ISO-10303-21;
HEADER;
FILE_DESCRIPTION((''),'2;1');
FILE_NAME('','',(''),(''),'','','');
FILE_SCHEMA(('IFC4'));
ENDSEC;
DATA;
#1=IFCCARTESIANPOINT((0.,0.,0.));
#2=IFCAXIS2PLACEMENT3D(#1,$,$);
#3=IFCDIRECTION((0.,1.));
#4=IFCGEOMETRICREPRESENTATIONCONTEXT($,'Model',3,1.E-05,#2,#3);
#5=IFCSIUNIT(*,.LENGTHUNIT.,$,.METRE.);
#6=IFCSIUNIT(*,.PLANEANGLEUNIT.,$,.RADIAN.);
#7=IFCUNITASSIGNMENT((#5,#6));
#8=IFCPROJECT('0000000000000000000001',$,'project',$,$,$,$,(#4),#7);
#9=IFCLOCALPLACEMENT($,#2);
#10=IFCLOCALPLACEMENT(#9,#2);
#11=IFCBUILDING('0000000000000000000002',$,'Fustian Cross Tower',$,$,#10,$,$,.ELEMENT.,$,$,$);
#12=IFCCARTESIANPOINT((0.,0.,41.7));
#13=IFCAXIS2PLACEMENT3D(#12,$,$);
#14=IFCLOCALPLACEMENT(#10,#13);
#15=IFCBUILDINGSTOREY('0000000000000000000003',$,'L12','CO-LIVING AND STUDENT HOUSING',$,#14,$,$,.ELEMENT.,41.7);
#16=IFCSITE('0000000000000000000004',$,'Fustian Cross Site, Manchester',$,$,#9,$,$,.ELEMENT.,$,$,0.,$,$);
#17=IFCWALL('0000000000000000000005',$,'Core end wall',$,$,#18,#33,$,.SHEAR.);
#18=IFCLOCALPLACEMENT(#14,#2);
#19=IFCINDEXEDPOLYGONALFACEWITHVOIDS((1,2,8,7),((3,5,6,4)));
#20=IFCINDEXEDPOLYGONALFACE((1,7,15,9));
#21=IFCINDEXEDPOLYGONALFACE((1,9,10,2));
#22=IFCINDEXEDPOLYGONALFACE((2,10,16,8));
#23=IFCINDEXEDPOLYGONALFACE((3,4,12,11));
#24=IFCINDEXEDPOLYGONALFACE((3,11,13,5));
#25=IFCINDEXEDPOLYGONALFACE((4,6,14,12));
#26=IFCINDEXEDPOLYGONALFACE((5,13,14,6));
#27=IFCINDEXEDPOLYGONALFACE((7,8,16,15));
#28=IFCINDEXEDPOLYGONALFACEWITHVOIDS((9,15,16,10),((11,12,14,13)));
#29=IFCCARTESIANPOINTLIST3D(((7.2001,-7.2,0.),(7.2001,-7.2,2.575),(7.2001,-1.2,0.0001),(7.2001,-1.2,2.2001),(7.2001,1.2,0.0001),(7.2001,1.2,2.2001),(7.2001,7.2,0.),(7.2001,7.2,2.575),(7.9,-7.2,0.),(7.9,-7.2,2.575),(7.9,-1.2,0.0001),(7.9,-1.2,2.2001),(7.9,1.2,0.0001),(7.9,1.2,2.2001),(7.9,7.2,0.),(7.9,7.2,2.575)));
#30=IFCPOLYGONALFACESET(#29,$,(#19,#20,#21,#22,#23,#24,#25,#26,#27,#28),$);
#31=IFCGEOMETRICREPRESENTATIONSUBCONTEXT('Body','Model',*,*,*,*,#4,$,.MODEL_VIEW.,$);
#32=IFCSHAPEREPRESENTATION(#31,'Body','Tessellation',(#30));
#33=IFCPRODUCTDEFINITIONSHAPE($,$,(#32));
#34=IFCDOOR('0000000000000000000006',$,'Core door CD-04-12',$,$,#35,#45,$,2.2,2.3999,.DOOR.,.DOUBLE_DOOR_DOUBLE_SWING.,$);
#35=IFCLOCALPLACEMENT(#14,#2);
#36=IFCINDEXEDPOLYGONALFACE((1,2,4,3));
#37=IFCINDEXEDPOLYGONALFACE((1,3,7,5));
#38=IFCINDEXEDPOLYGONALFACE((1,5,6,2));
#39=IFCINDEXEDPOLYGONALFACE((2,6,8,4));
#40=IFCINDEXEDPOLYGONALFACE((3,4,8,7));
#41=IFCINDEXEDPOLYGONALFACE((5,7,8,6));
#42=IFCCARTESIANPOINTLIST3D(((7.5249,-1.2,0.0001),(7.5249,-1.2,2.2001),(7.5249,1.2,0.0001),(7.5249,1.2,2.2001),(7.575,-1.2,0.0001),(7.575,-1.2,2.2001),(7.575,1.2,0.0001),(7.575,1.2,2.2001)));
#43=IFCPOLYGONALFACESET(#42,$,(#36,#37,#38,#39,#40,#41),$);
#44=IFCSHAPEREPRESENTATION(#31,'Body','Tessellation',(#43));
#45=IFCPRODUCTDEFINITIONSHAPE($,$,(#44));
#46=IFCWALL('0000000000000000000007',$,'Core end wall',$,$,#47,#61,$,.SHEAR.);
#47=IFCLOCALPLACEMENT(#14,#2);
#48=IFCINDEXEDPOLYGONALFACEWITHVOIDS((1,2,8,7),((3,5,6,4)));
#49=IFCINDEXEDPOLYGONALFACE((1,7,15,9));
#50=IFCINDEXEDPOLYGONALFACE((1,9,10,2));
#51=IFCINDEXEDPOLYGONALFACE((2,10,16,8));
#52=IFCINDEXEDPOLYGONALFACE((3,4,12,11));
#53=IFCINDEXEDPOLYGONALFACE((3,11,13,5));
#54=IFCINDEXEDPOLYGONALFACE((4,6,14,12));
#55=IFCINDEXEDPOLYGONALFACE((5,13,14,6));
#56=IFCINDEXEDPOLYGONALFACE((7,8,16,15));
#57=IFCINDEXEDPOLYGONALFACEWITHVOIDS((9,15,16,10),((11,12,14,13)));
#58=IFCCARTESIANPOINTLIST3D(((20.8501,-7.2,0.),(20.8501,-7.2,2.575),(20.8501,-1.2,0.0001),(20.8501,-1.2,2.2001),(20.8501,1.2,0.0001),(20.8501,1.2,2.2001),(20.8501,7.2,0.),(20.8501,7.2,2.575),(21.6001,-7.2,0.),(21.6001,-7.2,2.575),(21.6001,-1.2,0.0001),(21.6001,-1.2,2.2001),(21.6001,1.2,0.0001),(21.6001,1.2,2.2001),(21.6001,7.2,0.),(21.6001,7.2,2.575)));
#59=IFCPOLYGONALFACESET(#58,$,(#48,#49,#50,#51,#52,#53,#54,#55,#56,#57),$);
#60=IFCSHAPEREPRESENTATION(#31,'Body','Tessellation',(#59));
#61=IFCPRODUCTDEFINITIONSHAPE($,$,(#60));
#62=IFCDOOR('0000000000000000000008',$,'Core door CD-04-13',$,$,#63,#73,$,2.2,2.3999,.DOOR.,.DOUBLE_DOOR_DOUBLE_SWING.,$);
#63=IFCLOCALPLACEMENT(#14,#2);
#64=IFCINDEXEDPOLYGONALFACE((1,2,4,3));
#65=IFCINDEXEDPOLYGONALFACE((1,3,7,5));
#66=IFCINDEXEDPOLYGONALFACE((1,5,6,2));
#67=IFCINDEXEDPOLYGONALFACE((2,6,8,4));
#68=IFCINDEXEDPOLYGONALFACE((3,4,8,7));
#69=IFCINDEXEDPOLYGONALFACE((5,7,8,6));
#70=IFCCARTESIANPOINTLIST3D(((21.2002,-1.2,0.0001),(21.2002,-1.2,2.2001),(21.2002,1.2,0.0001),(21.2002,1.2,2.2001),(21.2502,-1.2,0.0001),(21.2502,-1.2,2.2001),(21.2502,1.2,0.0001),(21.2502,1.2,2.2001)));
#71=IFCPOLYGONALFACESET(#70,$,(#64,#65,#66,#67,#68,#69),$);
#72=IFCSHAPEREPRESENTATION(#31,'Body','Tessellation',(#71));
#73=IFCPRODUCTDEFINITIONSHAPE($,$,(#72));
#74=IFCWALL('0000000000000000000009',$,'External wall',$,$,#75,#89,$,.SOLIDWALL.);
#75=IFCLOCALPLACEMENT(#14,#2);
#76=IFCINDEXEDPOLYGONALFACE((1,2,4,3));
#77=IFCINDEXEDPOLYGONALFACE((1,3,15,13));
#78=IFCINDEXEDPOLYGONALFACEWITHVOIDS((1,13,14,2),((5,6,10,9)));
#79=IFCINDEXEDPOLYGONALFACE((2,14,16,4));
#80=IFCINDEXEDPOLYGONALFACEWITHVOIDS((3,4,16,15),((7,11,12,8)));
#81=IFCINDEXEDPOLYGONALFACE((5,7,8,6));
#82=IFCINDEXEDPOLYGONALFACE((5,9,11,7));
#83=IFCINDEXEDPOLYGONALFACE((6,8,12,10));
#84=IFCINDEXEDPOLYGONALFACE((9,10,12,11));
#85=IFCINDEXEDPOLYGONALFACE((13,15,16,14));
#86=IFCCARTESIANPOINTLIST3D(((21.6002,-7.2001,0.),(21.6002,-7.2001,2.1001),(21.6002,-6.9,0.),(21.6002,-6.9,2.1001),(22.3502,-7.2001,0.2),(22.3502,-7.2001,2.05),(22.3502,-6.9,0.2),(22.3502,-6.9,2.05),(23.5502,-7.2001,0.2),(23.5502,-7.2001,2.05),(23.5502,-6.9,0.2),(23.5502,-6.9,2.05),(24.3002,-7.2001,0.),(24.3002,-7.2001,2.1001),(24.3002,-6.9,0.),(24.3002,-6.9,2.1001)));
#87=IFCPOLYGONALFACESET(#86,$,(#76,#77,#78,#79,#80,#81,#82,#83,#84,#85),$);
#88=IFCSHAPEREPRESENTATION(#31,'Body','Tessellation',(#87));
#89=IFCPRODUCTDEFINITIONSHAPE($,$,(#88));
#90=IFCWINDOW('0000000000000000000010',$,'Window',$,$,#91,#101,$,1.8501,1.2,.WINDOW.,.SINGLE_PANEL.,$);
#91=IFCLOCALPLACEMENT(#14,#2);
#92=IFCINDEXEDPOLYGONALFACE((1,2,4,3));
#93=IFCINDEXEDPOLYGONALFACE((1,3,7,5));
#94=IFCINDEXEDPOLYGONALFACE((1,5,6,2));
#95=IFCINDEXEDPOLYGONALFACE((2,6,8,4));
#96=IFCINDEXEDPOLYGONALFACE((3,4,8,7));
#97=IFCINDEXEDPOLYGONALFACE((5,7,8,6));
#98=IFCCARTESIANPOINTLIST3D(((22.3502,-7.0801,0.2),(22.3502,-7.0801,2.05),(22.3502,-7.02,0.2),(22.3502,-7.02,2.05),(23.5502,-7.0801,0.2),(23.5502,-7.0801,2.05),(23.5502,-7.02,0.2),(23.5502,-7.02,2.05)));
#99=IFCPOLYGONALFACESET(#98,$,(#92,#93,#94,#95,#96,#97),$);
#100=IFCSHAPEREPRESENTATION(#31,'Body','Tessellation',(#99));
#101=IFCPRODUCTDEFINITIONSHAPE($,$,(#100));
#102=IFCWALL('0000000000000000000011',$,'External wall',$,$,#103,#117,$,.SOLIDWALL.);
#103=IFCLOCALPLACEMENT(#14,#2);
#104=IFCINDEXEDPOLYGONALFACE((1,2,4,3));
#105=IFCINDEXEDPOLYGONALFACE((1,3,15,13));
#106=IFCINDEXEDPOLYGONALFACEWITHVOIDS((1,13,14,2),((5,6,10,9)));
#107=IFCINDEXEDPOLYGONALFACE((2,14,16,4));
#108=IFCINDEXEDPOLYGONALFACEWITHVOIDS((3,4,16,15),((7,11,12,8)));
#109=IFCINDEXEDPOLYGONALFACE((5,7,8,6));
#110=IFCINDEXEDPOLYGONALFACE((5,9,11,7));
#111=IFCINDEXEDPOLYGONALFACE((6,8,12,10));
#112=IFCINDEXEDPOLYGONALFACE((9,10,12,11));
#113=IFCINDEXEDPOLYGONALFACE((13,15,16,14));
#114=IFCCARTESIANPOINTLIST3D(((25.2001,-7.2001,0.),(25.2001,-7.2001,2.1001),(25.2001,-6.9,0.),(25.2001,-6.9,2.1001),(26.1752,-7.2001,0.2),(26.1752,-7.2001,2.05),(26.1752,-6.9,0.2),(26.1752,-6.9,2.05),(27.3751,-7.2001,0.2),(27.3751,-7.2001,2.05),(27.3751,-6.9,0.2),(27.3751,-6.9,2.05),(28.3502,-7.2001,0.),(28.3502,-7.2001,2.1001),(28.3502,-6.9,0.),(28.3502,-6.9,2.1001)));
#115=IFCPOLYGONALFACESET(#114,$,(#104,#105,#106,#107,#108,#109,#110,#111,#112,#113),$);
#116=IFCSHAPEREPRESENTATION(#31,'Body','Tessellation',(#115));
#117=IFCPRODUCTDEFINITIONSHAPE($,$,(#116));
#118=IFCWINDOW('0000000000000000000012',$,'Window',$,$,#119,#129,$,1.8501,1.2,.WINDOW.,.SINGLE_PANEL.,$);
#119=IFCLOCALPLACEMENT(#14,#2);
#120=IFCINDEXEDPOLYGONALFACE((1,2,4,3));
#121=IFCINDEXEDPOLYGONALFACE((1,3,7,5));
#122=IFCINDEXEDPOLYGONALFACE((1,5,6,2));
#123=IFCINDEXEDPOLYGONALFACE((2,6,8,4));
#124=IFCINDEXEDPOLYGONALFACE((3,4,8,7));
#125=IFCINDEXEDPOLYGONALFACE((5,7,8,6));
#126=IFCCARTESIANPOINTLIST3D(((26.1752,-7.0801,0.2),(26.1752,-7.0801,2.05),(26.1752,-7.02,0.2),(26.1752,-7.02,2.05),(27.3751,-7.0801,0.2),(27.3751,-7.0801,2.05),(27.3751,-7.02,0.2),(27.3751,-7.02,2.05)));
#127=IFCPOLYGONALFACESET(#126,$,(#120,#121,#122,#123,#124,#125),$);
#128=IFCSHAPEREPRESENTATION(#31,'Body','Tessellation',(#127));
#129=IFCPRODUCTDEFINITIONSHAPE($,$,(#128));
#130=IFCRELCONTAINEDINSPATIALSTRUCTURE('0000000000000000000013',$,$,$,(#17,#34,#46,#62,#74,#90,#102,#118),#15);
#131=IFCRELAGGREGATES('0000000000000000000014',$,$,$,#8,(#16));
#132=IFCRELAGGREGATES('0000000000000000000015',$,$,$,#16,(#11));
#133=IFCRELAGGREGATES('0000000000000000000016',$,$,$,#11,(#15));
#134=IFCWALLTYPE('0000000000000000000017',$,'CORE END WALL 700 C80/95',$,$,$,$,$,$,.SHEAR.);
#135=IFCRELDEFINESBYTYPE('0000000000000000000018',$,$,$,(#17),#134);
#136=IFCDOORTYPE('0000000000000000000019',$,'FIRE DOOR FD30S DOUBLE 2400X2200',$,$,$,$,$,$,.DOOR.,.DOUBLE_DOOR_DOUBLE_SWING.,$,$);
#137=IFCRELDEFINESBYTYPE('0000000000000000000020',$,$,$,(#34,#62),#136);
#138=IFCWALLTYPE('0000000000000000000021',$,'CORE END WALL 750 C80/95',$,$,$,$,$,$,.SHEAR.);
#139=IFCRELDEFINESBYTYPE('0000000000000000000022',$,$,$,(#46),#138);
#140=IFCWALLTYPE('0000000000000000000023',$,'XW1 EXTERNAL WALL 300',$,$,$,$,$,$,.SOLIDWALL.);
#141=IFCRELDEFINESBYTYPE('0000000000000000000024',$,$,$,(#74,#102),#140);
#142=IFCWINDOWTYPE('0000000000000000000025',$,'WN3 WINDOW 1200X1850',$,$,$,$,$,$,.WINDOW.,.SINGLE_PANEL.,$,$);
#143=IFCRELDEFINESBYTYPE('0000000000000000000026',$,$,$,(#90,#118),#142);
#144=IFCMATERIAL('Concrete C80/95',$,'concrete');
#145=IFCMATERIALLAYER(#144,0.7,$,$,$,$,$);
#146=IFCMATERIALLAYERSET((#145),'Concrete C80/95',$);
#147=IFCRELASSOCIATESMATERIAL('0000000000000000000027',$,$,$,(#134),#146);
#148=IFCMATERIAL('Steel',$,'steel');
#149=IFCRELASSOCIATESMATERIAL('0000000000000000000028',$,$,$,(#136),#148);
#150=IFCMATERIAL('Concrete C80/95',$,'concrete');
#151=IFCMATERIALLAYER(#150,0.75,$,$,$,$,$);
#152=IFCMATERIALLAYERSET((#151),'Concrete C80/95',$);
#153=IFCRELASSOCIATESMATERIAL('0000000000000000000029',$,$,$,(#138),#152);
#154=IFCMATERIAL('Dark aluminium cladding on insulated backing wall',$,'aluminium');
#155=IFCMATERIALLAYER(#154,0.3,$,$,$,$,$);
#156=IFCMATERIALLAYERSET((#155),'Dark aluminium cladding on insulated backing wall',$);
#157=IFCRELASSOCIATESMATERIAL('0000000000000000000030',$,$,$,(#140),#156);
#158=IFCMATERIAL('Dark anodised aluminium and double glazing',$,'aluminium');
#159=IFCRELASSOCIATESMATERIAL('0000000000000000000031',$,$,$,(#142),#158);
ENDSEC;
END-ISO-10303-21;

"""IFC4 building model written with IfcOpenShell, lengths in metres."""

from ifc_helpers import new_model, si_unit, direction, frame, frame_2d, origin, place, context, subcontext, project, spatial, rectangle, extrude, material, layer, layer_set, type_object, element, fill, save


model = new_model("IFC4")

# Units and contexts
model_context = context("Model", 3, precision=1e-05, world=origin(), true_north=direction((0.0, 1.0)))
body_context = subcontext(model_context, "Body", "Model", "MODEL_VIEW")
ifc_project = project(units=[si_unit("LENGTHUNIT", "METRE"), si_unit("PLANEANGLEUNIT", "RADIAN")], contexts=[model_context])

# Site, building, storey
site_placement = place(None, origin())
site = spatial("IfcSite", under=ifc_project, at=site_placement, Name="Fustian Cross Site, Manchester", CompositionType="ELEMENT", RefElevation=0.0)
building_placement = place(site_placement, origin())
building = spatial("IfcBuilding", under=site, at=building_placement, Name="Fustian Cross Tower", CompositionType="ELEMENT")
storey_placement = place(building_placement, frame((0.0, 0.0, 41.7)))
storey = spatial("IfcBuildingStorey", under=building, at=storey_placement, Name="L12", Description="CO-LIVING AND STUDENT HOUSING", CompositionType="ELEMENT", Elevation=41.7)

# Walls, openings, doors
ifc_material_1 = material(Name="Concrete C80/95", Category="concrete")
ifc_layer_1 = layer(ifc_material_1, 0.7)
ifc_layer_set_1 = layer_set([ifc_layer_1], Name="Concrete C80/95")
wall_type_1 = type_object("IfcWallType", Name="CORE END WALL 700 C80/95", PredefinedType="SHEAR", material=ifc_layer_set_1)
wall_1_placement = place(storey_placement, frame((7.55, -7.2, 0.0), z_axis=(0.0, 0.0, 1.0), x_axis=(0.0, 1.0, 0.0)))
wall_1 = element("IfcWall", 1, at=wall_1_placement, inside=storey, type_object=wall_type_1, Name="Core end wall", PredefinedType="SHEAR", context=body_context, shape_type="SweptSolid", body=[
    extrude(rectangle(XDim=14.3999, YDim=0.7, at=frame_2d((7.2, 0.0))), origin(), (0.0, 0.0, 1.0), 2.575),
])
opening_1_placement = place(wall_1_placement, frame((6.0, 0.0, 0.0)))
opening_1 = element("IfcOpeningElement", 2, at=opening_1_placement, cuts=wall_1, PredefinedType="OPENING", context=body_context, shape_type="SweptSolid", body=[
    extrude(rectangle(XDim=2.3999, YDim=2.2, at=frame_2d((1.2, 1.1001))), frame((0.0, 0.3599, 0.0), z_axis=(0.0, -1.0, 0.0), x_axis=(1.0, 0.0, 0.0)), (0.0, 0.0, 1.0), 0.72),
])
ifc_material_2 = material(Name="Steel", Category="steel")
door_type = type_object("IfcDoorType", Name="FIRE DOOR FD30S DOUBLE 2400X2200", OperationType="DOUBLE_DOOR_DOUBLE_SWING", PredefinedType="DOOR", material=ifc_material_2)
door_1_placement = place(opening_1_placement, frame((2.3999, 0.0, 0.0), z_axis=(0.0, 0.0, 1.0), x_axis=(-1.0, 0.0, 0.0)))
door_1 = element("IfcDoor", 3, at=door_1_placement, inside=storey, type_object=door_type, Name="Core door CD-04-12", OperationType="DOUBLE_DOOR_DOUBLE_SWING", OverallHeight=2.2, OverallWidth=2.3999, PredefinedType="DOOR", context=body_context, shape_type="SweptSolid", body=[
    extrude(rectangle(XDim=2.3999, YDim=2.2, at=frame_2d((1.2, 1.1001))), frame((0.0, 0.0249, 0.0), z_axis=(0.0, -1.0, 0.0), x_axis=(1.0, 0.0, 0.0)), (0.0, 0.0, 1.0), 0.05),
])
fill(opening_1, door_1)
ifc_material_3 = material(Name="Concrete C80/95", Category="concrete")
ifc_layer_2 = layer(ifc_material_3, 0.75)
ifc_layer_set_2 = layer_set([ifc_layer_2], Name="Concrete C80/95")
wall_type_2 = type_object("IfcWallType", Name="CORE END WALL 750 C80/95", PredefinedType="SHEAR", material=ifc_layer_set_2)
wall_2_placement = place(storey_placement, frame((21.2251, -7.2, 0.0), z_axis=(0.0, 0.0, 1.0), x_axis=(0.0, 1.0, 0.0)))
wall_2 = element("IfcWall", 4, at=wall_2_placement, inside=storey, type_object=wall_type_2, Name="Core end wall", PredefinedType="SHEAR", context=body_context, shape_type="SweptSolid", body=[
    extrude(rectangle(XDim=14.3999, YDim=0.75, at=frame_2d((7.2, 0.0))), origin(), (0.0, 0.0, 1.0), 2.575),
])
opening_2_placement = place(wall_2_placement, frame((6.0, 0.0, 0.0)))
opening_2 = element("IfcOpeningElement", 5, at=opening_2_placement, cuts=wall_2, PredefinedType="OPENING", context=body_context, shape_type="SweptSolid", body=[
    extrude(rectangle(XDim=2.3999, YDim=2.2, at=frame_2d((1.2, 1.1001))), frame((0.0, 0.385, 0.0), z_axis=(0.0, -1.0, 0.0), x_axis=(1.0, 0.0, 0.0)), (0.0, 0.0, 1.0), 0.77),
])
door_2_placement = place(opening_2_placement, origin())
door_2 = element("IfcDoor", 6, at=door_2_placement, inside=storey, type_object=door_type, Name="Core door CD-04-13", OperationType="DOUBLE_DOOR_DOUBLE_SWING", OverallHeight=2.2, OverallWidth=2.3999, PredefinedType="DOOR", context=body_context, shape_type="SweptSolid", body=[
    extrude(rectangle(XDim=2.3999, YDim=2.2, at=frame_2d((1.2, 1.1001))), frame((0.0, 0.0249, 0.0), z_axis=(0.0, -1.0, 0.0), x_axis=(1.0, 0.0, 0.0)), (0.0, 0.0, 1.0), 0.05),
])
fill(opening_2, door_2)

# Walls, openings, windows
ifc_material_4 = material(Name="Dark aluminium cladding on insulated backing wall", Category="aluminium")
ifc_layer_3 = layer(ifc_material_4, 0.3)
ifc_layer_set_3 = layer_set([ifc_layer_3], Name="Dark aluminium cladding on insulated backing wall")
wall_type_3 = type_object("IfcWallType", Name="XW1 EXTERNAL WALL 300", PredefinedType="SOLIDWALL", material=ifc_layer_set_3)
wall_3_placement = place(storey_placement, frame((21.6001, -7.05, 0.0), z_axis=(0.0, 0.0, 1.0), x_axis=(1.0, 0.0, 0.0)))
wall_3 = element("IfcWall", 7, at=wall_3_placement, inside=storey, type_object=wall_type_3, Name="External wall", PredefinedType="SOLIDWALL", context=body_context, shape_type="SweptSolid", body=[
    extrude(rectangle(XDim=2.7, YDim=0.3, at=frame_2d((1.3501, 0.0))), origin(), (0.0, 0.0, 1.0), 2.1001),
])
opening_3_placement = place(wall_3_placement, frame((0.75, 0.0, 0.2)))
opening_3 = element("IfcOpeningElement", 8, at=opening_3_placement, cuts=wall_3, PredefinedType="OPENING", context=body_context, shape_type="SweptSolid", body=[
    extrude(rectangle(XDim=1.2, YDim=1.8501, at=frame_2d((0.6001, 0.925))), frame((0.0, 0.1599, 0.0), z_axis=(0.0, -1.0, 0.0), x_axis=(1.0, 0.0, 0.0)), (0.0, 0.0, 1.0), 0.3201),
])
ifc_material_5 = material(Name="Dark anodised aluminium and double glazing", Category="aluminium")
window_type_1 = type_object("IfcWindowType", Name="WN3 WINDOW 1200X1850", PartitioningType="SINGLE_PANEL", PredefinedType="WINDOW", material=ifc_material_5)
window_1_placement = place(opening_3_placement, origin())
window_1 = element("IfcWindow", 9, at=window_1_placement, inside=storey, type_object=window_type_1, Name="Window", OverallHeight=1.8501, OverallWidth=1.2, PartitioningType="SINGLE_PANEL", PredefinedType="WINDOW", context=body_context, shape_type="SweptSolid", body=[
    extrude(rectangle(XDim=1.2, YDim=1.8501, at=frame_2d((0.6001, 0.925))), frame((0.0, 0.03, 0.0), z_axis=(0.0, -1.0, 0.0), x_axis=(1.0, 0.0, 0.0)), (0.0, 0.0, 1.0), 0.0601),
])
fill(opening_3, window_1)
wall_4_placement = place(storey_placement, frame((25.2, -7.05, 0.0), z_axis=(0.0, 0.0, 1.0), x_axis=(1.0, 0.0, 0.0)))
wall_4 = element("IfcWall", 10, at=wall_4_placement, inside=storey, type_object=wall_type_3, Name="External wall", PredefinedType="SOLIDWALL", context=body_context, shape_type="SweptSolid", body=[
    extrude(rectangle(XDim=3.1501, YDim=0.3, at=frame_2d((1.5752, 0.0))), origin(), (0.0, 0.0, 1.0), 2.1001),
])
opening_4_placement = place(wall_4_placement, frame((0.9751, 0.0, 0.2)))
opening_4 = element("IfcOpeningElement", 11, at=opening_4_placement, cuts=wall_4, PredefinedType="OPENING", context=body_context, shape_type="SweptSolid", body=[
    extrude(rectangle(XDim=1.2, YDim=1.8501, at=frame_2d((0.6001, 0.925))), frame((0.0, 0.1599, 0.0), z_axis=(0.0, -1.0, 0.0), x_axis=(1.0, 0.0, 0.0)), (0.0, 0.0, 1.0), 0.3201),
])
window_2_placement = place(opening_4_placement, origin())
window_2 = element("IfcWindow", 12, at=window_2_placement, inside=storey, type_object=window_type_1, Name="Window", OverallHeight=1.8501, OverallWidth=1.2, PartitioningType="SINGLE_PANEL", PredefinedType="WINDOW", context=body_context, shape_type="SweptSolid", body=[
    extrude(rectangle(XDim=1.2, YDim=1.8501, at=frame_2d((0.6001, 0.925))), frame((0.0, 0.03, 0.0), z_axis=(0.0, -1.0, 0.0), x_axis=(1.0, 0.0, 0.0)), (0.0, 0.0, 1.0), 0.0601),
])
fill(opening_4, window_2)

save(model, "model.ifc")
